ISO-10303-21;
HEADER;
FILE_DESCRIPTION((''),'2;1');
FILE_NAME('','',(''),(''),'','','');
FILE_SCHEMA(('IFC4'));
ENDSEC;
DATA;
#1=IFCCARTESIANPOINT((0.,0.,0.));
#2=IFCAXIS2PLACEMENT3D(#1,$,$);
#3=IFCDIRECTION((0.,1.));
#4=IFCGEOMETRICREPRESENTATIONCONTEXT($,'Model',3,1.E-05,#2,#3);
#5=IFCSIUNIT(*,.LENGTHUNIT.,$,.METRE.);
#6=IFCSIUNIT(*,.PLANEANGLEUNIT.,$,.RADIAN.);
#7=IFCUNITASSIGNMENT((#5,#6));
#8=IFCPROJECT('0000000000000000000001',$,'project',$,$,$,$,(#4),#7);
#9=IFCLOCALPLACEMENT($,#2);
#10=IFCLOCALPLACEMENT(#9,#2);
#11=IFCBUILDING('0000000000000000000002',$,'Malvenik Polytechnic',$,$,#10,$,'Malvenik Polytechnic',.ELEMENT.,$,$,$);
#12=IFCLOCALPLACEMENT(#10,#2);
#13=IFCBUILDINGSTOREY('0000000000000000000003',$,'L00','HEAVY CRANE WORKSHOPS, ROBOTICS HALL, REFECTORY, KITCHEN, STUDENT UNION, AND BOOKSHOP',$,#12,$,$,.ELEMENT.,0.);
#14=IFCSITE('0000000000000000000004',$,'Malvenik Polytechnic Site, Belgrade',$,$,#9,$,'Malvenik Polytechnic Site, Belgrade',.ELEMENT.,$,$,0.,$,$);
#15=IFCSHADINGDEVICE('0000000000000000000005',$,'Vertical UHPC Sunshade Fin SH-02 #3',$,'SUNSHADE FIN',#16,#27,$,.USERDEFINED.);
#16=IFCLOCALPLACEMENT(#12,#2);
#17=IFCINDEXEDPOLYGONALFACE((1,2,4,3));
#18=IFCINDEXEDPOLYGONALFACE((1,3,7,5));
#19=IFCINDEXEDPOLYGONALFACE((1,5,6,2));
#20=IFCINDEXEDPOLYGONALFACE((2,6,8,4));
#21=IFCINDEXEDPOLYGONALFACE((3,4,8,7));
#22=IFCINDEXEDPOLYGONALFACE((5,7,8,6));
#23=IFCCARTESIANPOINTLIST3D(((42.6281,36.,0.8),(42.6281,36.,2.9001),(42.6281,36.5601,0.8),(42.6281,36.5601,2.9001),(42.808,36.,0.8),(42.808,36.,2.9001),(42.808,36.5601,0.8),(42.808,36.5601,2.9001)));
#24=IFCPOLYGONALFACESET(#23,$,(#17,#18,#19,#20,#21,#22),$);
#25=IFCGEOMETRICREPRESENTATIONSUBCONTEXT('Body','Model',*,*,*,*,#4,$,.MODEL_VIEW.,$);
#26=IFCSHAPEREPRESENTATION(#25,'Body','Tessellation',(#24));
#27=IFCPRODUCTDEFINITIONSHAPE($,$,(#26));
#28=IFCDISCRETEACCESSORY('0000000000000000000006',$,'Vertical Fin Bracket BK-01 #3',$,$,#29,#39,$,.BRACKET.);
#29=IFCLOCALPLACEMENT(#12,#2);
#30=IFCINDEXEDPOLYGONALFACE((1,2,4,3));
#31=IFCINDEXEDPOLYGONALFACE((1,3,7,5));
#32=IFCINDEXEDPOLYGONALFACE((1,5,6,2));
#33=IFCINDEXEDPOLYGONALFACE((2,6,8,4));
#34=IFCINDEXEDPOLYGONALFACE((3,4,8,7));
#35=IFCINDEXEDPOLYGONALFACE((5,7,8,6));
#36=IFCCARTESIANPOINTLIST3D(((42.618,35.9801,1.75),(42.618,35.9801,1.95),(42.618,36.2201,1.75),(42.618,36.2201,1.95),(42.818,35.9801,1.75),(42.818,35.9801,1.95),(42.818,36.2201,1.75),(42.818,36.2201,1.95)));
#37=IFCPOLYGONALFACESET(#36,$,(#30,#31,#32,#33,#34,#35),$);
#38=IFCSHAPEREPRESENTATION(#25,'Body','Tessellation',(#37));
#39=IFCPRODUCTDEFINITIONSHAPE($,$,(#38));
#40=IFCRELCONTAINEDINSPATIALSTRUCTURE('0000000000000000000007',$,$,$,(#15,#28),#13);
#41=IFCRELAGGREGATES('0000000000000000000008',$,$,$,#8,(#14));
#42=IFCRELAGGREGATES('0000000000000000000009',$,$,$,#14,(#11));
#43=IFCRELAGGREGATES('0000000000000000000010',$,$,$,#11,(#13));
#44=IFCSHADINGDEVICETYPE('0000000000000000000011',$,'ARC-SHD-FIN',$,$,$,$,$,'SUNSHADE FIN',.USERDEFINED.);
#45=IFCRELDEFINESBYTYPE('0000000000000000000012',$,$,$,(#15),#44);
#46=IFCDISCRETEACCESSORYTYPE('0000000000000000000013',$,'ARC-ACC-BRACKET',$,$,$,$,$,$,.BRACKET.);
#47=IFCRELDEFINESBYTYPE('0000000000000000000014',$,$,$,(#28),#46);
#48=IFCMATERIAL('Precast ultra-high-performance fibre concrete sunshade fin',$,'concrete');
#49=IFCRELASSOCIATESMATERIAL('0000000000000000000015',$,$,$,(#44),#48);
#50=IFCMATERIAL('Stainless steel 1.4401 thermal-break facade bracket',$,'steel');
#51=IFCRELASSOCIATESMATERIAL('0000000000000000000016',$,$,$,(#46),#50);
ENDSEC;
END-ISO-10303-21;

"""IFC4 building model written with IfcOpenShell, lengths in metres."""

from ifc_helpers import new_model, si_unit, direction, frame, origin, origin_2d, place, context, subcontext, project, spatial, rectangle, extrude, material, type_object, element, save


model = new_model("IFC4")

# Units and contexts
model_context = context("Model", 3, precision=1e-05, world=origin(), true_north=direction((0.0, 1.0)))
body_context = subcontext(model_context, "Body", "Model", "MODEL_VIEW")
ifc_project = project(units=[si_unit("LENGTHUNIT", "METRE"), si_unit("PLANEANGLEUNIT", "RADIAN")], contexts=[model_context])

# Site, building, storey
site_placement = place(None, origin())
site = spatial("IfcSite", under=ifc_project, at=site_placement, Name="Malvenik Polytechnic Site, Belgrade", LongName="Malvenik Polytechnic Site, Belgrade", CompositionType="ELEMENT", RefElevation=0.0)
building_placement = place(site_placement, origin())
building = spatial("IfcBuilding", under=site, at=building_placement, Name="Malvenik Polytechnic", LongName="Malvenik Polytechnic", CompositionType="ELEMENT")
storey_placement = place(building_placement, origin())
storey = spatial("IfcBuildingStorey", under=building, at=storey_placement, Name="L00", Description="HEAVY CRANE WORKSHOPS, ROBOTICS HALL, REFECTORY, KITCHEN, STUDENT UNION, AND BOOKSHOP", CompositionType="ELEMENT", Elevation=0.0)

# Shading device
ifc_material_1 = material(Name="Precast ultra-high-performance fibre concrete sunshade fin", Category="concrete")
shading_device_type = type_object("IfcShadingDeviceType", Name="ARC-SHD-FIN", ElementType="SUNSHADE FIN", PredefinedType="USERDEFINED", material=ifc_material_1)
shading_device_placement = place(storey_placement, frame((42.718, 36.28, 0.8), z_axis=(0.0, 0.0, 1.0), x_axis=(1.0, 0.0, 0.0)))
element("IfcShadingDevice", 1, at=shading_device_placement, inside=storey, type_object=shading_device_type, Name="Vertical UHPC Sunshade Fin SH-02 #3", ObjectType="SUNSHADE FIN", PredefinedType="USERDEFINED", context=body_context, shape_type="SweptSolid", body=[
    extrude(rectangle(XDim=0.1799, YDim=0.5601, at=origin_2d()), origin(), (0.0, 0.0, 1.0), 2.1001),
])

# Discrete accessory
ifc_material_2 = material(Name="Stainless steel 1.4401 thermal-break facade bracket", Category="steel")
discrete_accessory_type = type_object("IfcDiscreteAccessoryType", Name="ARC-ACC-BRACKET", PredefinedType="BRACKET", material=ifc_material_2)
discrete_accessory_placement = place(storey_placement, frame((42.718, 36.1001, 1.75), z_axis=(0.0, 0.0, 1.0), x_axis=(1.0, 0.0, 0.0)))
element("IfcDiscreteAccessory", 2, at=discrete_accessory_placement, inside=storey, type_object=discrete_accessory_type, Name="Vertical Fin Bracket BK-01 #3", PredefinedType="BRACKET", context=body_context, shape_type="SweptSolid", body=[
    extrude(rectangle(XDim=0.2, YDim=0.24, at=origin_2d()), origin(), (0.0, 0.0, 1.0), 0.2),
])

save(model, "model.ifc")
